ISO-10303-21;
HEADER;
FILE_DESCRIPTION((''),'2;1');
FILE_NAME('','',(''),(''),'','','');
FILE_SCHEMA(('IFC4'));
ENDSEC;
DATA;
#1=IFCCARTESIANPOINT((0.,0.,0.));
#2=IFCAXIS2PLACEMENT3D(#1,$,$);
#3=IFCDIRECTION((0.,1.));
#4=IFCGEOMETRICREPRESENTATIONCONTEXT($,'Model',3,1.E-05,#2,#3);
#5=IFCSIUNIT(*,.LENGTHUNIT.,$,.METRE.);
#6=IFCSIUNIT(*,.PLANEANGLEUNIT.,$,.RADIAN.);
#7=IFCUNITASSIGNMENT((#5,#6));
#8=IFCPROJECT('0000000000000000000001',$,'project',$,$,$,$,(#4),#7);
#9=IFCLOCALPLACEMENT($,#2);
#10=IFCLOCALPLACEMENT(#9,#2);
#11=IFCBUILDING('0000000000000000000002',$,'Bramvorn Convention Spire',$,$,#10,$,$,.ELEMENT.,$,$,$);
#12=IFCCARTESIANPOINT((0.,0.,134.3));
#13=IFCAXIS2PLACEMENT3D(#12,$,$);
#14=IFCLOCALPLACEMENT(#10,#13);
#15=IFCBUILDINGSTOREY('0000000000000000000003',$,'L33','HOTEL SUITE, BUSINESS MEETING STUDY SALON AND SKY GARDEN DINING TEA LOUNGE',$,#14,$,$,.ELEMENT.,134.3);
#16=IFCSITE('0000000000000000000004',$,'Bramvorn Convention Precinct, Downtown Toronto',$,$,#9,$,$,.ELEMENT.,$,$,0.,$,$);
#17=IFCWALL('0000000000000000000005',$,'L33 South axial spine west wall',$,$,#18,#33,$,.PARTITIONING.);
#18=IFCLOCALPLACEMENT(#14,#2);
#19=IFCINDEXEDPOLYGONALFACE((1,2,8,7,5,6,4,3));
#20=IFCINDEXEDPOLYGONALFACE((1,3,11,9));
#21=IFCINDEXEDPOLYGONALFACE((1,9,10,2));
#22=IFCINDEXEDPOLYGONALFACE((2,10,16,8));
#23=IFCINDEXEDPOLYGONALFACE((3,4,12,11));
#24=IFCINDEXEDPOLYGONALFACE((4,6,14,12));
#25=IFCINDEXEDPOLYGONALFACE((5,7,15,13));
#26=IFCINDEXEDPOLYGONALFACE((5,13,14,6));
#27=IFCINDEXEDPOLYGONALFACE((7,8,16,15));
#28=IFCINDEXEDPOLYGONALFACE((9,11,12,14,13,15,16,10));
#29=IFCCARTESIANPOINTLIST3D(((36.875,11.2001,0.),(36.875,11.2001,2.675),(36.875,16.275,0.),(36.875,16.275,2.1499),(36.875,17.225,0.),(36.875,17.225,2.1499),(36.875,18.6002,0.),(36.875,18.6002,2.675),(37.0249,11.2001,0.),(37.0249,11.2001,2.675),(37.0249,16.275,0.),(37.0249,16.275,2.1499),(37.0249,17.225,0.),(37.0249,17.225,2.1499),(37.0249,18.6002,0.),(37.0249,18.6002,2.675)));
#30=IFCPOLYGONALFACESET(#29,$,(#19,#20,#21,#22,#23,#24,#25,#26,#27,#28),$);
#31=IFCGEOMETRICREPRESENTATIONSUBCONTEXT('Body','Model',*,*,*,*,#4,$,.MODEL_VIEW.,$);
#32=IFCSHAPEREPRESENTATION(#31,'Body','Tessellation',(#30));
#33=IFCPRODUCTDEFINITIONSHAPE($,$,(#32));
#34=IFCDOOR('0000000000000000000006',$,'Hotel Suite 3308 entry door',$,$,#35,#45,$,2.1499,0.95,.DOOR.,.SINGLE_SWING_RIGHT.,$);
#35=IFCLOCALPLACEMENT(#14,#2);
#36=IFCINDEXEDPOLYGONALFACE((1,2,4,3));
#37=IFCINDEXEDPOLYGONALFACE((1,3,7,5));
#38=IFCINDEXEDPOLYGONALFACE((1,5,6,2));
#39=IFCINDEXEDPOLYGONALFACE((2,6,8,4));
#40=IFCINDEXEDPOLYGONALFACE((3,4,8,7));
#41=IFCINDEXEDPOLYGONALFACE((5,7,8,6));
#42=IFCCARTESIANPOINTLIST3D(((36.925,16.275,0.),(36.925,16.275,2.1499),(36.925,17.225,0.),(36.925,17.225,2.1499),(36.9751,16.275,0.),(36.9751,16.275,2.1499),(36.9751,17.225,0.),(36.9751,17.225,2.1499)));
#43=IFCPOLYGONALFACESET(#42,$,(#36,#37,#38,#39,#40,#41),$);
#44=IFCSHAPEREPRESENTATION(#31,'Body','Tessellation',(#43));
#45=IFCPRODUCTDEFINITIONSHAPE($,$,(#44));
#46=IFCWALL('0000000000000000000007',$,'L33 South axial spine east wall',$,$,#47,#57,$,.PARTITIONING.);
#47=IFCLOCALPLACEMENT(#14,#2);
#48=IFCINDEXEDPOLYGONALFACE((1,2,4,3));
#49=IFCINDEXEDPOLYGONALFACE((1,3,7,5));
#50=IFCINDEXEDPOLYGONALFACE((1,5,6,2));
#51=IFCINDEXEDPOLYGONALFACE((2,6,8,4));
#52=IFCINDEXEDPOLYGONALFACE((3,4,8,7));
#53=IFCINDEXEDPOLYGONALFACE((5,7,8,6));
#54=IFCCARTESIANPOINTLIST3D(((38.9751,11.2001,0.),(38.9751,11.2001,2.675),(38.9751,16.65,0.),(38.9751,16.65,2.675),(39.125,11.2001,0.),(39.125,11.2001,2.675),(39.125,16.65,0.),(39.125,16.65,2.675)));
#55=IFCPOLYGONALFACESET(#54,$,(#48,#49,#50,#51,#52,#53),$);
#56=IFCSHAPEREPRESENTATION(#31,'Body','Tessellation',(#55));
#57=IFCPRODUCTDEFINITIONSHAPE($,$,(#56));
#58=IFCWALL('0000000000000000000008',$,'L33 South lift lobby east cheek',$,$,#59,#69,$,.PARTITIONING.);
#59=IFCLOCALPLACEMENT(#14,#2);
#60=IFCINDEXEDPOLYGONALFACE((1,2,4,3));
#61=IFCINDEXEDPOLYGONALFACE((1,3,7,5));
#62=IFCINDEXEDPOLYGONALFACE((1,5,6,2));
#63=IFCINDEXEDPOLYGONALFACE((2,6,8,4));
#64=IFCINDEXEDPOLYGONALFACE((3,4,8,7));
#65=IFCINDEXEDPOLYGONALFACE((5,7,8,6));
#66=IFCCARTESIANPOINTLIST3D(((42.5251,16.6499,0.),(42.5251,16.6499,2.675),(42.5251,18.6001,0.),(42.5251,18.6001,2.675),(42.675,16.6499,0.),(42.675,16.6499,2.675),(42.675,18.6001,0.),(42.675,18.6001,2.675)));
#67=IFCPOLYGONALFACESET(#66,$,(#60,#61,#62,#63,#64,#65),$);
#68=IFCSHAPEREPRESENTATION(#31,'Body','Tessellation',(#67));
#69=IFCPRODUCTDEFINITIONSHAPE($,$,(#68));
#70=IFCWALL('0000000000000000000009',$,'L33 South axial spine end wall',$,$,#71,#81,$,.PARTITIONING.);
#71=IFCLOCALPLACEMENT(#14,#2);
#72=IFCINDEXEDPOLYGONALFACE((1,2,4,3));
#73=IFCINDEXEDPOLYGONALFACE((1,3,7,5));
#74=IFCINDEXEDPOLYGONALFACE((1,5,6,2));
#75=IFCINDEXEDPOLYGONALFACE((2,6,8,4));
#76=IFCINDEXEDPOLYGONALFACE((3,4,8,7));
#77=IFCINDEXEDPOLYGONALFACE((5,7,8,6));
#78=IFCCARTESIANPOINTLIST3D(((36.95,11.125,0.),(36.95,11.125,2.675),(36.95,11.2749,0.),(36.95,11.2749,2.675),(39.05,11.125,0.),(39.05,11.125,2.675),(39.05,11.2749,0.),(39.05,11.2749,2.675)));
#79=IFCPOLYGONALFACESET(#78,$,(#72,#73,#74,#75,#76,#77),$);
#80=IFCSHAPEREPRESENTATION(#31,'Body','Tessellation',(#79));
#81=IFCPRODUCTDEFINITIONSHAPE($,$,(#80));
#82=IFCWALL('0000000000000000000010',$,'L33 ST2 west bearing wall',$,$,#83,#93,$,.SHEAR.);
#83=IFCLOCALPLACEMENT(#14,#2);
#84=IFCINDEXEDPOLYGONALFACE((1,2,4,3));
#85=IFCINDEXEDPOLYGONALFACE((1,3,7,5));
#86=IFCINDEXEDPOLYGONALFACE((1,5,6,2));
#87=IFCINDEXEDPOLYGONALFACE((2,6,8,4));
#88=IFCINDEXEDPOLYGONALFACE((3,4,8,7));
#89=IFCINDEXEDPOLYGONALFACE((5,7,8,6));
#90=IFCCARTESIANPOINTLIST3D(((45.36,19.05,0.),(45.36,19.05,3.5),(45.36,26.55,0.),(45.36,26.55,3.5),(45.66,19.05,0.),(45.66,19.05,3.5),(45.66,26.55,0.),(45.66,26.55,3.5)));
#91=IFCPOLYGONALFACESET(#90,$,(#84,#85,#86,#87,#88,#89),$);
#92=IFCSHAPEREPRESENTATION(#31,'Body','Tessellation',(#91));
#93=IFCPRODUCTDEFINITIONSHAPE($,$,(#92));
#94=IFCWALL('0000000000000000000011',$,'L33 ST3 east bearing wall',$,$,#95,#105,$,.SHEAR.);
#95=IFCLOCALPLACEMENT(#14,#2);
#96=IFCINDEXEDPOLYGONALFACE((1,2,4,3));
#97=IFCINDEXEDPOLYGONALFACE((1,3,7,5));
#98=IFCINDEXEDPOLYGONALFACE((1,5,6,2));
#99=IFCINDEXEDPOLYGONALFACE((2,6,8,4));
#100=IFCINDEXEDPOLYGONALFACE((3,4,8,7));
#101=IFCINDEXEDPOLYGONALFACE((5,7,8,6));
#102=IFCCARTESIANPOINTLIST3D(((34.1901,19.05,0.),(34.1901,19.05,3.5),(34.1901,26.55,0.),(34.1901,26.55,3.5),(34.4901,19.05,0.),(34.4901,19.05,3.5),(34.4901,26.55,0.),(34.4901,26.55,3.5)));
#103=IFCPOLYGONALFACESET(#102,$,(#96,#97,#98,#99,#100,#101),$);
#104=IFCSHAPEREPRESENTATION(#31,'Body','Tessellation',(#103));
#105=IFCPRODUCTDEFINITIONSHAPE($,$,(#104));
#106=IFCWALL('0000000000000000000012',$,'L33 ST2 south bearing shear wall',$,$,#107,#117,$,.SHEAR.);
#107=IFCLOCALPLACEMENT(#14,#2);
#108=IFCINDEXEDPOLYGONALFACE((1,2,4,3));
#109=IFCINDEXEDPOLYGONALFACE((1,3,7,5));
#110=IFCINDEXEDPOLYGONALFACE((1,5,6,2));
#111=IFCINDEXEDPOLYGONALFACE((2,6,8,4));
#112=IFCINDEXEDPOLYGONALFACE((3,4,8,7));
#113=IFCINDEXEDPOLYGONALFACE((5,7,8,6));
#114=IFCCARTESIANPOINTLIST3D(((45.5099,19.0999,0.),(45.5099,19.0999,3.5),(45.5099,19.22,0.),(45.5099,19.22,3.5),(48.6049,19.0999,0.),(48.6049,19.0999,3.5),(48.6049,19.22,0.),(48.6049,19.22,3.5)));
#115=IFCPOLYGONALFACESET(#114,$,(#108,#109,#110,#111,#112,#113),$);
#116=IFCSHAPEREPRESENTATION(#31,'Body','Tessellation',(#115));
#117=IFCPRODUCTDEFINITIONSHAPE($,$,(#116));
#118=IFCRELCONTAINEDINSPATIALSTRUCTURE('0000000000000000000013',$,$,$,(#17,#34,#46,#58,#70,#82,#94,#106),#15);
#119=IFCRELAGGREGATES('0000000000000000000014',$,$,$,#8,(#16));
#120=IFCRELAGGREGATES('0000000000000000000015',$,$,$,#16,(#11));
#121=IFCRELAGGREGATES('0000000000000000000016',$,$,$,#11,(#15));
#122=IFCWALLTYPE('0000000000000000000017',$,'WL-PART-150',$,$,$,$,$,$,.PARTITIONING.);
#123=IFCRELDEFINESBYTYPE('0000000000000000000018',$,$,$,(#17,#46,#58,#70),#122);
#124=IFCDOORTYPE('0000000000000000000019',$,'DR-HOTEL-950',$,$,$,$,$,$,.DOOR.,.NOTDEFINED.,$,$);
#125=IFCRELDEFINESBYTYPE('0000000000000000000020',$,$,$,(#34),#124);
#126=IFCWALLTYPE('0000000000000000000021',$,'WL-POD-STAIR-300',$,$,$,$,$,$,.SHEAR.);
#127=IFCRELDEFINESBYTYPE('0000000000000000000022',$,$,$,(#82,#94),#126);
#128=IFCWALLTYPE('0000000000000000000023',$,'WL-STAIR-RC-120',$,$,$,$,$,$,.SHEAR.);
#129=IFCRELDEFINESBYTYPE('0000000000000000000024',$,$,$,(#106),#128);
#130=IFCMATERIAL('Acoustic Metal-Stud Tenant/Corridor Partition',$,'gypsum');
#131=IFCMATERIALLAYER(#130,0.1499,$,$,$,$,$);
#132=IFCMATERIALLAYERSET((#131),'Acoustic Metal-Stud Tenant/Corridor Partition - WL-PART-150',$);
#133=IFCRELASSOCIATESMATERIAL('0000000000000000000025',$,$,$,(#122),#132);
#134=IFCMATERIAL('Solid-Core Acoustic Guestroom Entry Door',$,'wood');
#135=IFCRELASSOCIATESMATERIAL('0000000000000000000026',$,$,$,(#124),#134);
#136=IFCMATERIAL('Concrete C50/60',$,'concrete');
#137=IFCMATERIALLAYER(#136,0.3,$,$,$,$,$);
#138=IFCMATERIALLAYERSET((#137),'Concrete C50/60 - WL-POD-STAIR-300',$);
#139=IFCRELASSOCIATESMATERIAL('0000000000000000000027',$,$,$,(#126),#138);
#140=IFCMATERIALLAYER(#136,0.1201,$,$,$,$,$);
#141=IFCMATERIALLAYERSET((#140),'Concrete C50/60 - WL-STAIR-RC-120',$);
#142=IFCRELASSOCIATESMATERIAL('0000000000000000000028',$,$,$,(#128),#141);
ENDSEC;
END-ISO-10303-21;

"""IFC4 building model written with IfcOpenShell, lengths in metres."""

from ifc_helpers import new_model, si_unit, direction, frame, frame_2d, origin, place, context, subcontext, project, spatial, rectangle, extrude, material, layer, layer_set, type_object, element, fill, save


model = new_model("IFC4")

# Units and contexts
model_context = context("Model", 3, precision=1e-05, world=origin(), true_north=direction((0.0, 1.0)))
body_context = subcontext(model_context, "Body", "Model", "MODEL_VIEW")
ifc_project = project(units=[si_unit("LENGTHUNIT", "METRE"), si_unit("PLANEANGLEUNIT", "RADIAN")], contexts=[model_context])

# Site, building, storey
site_placement = place(None, origin())
site = spatial("IfcSite", under=ifc_project, at=site_placement, Name="Bramvorn Convention Precinct, Downtown Toronto", CompositionType="ELEMENT", RefElevation=0.0)
building_placement = place(site_placement, origin())
building = spatial("IfcBuilding", under=site, at=building_placement, Name="Bramvorn Convention Spire", CompositionType="ELEMENT")
storey_placement = place(building_placement, frame((0.0, 0.0, 134.3)))
storey = spatial("IfcBuildingStorey", under=building, at=storey_placement, Name="L33", Description="HOTEL SUITE, BUSINESS MEETING STUDY SALON AND SKY GARDEN DINING TEA LOUNGE", CompositionType="ELEMENT", Elevation=134.3)

# Shared definitions
ifc_material_1 = material(Name="Concrete C50/60", Category="concrete")

# Wall, opening, door
ifc_material_2 = material(Name="Acoustic Metal-Stud Tenant/Corridor Partition", Category="gypsum")
ifc_layer_1 = layer(ifc_material_2, 0.1499)
ifc_layer_set_1 = layer_set([ifc_layer_1], Name="Acoustic Metal-Stud Tenant/Corridor Partition - WL-PART-150")
wall_type_1 = type_object("IfcWallType", Name="WL-PART-150", PredefinedType="PARTITIONING", material=ifc_layer_set_1)
wall_1_placement = place(storey_placement, frame((36.95, 11.2, 0.0), z_axis=(0.0, 0.0, 1.0), x_axis=(0.0, 1.0, 0.0)))
wall_1 = element("IfcWall", 1, at=wall_1_placement, inside=storey, type_object=wall_type_1, Name="L33 South axial spine west wall", PredefinedType="PARTITIONING", context=body_context, shape_type="SweptSolid", body=[
    extrude(rectangle(XDim=7.4001, YDim=0.1499, at=frame_2d((3.7002, 0.0))), origin(), (0.0, 0.0, 1.0), 2.675),
])
opening_1_placement = place(wall_1_placement, frame((5.075, 0.0, 0.0)))
opening_1 = element("IfcOpeningElement", 2, at=opening_1_placement, cuts=wall_1, PredefinedType="OPENING", context=body_context, shape_type="SweptSolid", body=[
    extrude(rectangle(XDim=0.95, YDim=2.1499, at=frame_2d((0.4751, 1.075))), frame((0.0, 0.085, 0.0), z_axis=(0.0, -1.0, 0.0), x_axis=(1.0, 0.0, 0.0)), (0.0, 0.0, 1.0), 0.1699),
])
ifc_material_3 = material(Name="Solid-Core Acoustic Guestroom Entry Door", Category="wood")
door_type_1 = type_object("IfcDoorType", Name="DR-HOTEL-950", OperationType="NOTDEFINED", PredefinedType="DOOR", material=ifc_material_3)
door_1_placement = place(opening_1_placement, origin())
door_1 = element("IfcDoor", 3, at=door_1_placement, inside=storey, type_object=door_type_1, Name="Hotel Suite 3308 entry door", OperationType="SINGLE_SWING_RIGHT", OverallHeight=2.1499, OverallWidth=0.95, PredefinedType="DOOR", context=body_context, shape_type="SweptSolid", body=[
    extrude(rectangle(XDim=0.95, YDim=2.1499, at=frame_2d((0.4751, 1.075))), frame((0.0, 0.0249, 0.0), z_axis=(0.0, -1.0, 0.0), x_axis=(1.0, 0.0, 0.0)), (0.0, 0.0, 1.0), 0.05),
])
fill(opening_1, door_1)

# Wall
wall_2_placement = place(storey_placement, frame((39.05, 11.2, 0.0), z_axis=(0.0, 0.0, 1.0), x_axis=(0.0, 1.0, 0.0)))
element("IfcWall", 4, at=wall_2_placement, inside=storey, type_object=wall_type_1, Name="L33 South axial spine east wall", PredefinedType="PARTITIONING", context=body_context, shape_type="SweptSolid", body=[
    extrude(rectangle(XDim=5.45, YDim=0.1499, at=frame_2d((2.7251, 0.0))), origin(), (0.0, 0.0, 1.0), 2.675),
])

# Walls
wall_3_placement = place(storey_placement, frame((42.6001, 16.6499, 0.0), z_axis=(0.0, 0.0, 1.0), x_axis=(0.0, 1.0, 0.0)))
element("IfcWall", 5, at=wall_3_placement, inside=storey, type_object=wall_type_1, Name="L33 South lift lobby east cheek", PredefinedType="PARTITIONING", context=body_context, shape_type="SweptSolid", body=[
    extrude(rectangle(XDim=1.9502, YDim=0.1499, at=frame_2d((0.9751, 0.0))), origin(), (0.0, 0.0, 1.0), 2.675),
])
wall_4_placement = place(storey_placement, frame((36.95, 11.2, 0.0), z_axis=(0.0, 0.0, 1.0), x_axis=(1.0, 0.0, 0.0)))
element("IfcWall", 6, at=wall_4_placement, inside=storey, type_object=wall_type_1, Name="L33 South axial spine end wall", PredefinedType="PARTITIONING", context=body_context, shape_type="SweptSolid", body=[
    extrude(rectangle(XDim=2.1001, YDim=0.1499, at=frame_2d((1.05, 0.0))), origin(), (0.0, 0.0, 1.0), 2.675),
])
ifc_layer_2 = layer(ifc_material_1, 0.3)
ifc_layer_set_2 = layer_set([ifc_layer_2], Name="Concrete C50/60 - WL-POD-STAIR-300")
wall_type_2 = type_object("IfcWallType", Name="WL-POD-STAIR-300", PredefinedType="SHEAR", material=ifc_layer_set_2)
for number, where, z_axis, x_axis, name in (
    (7, (45.51, 19.05, 0.0), (0.0, 0.0, 1.0), (0.0, 1.0, 0.0), "L33 ST2 west bearing wall"),
    (8, (34.3401, 19.05, 0.0), (0.0, 0.0, 1.0), (0.0, 1.0, 0.0), "L33 ST3 east bearing wall"),
):
    element("IfcWall", number, at=place(storey_placement, frame(where, z_axis=z_axis, x_axis=x_axis)), inside=storey, type_object=wall_type_2, Name=name, PredefinedType="SHEAR", context=body_context, shape_type="SweptSolid", body=[
        extrude(rectangle(XDim=7.5, YDim=0.3, at=frame_2d((3.75, 0.0))), origin(), (0.0, 0.0, 1.0), 3.5),
    ])
ifc_layer_3 = layer(ifc_material_1, 0.1201)
ifc_layer_set_3 = layer_set([ifc_layer_3], Name="Concrete C50/60 - WL-STAIR-RC-120")
wall_type_3 = type_object("IfcWallType", Name="WL-STAIR-RC-120", PredefinedType="SHEAR", material=ifc_layer_set_3)
wall_5_placement = place(storey_placement, frame((45.51, 19.1599, 0.0), z_axis=(0.0, 0.0, 1.0), x_axis=(1.0, 0.0, 0.0)))
element("IfcWall", 9, at=wall_5_placement, inside=storey, type_object=wall_type_3, Name="L33 ST2 south bearing shear wall", PredefinedType="SHEAR", context=body_context, shape_type="SweptSolid", body=[
    extrude(rectangle(XDim=3.095, YDim=0.1201, at=frame_2d((1.5474, 0.0))), origin(), (0.0, 0.0, 1.0), 3.5),
])

save(model, "model.ifc")
